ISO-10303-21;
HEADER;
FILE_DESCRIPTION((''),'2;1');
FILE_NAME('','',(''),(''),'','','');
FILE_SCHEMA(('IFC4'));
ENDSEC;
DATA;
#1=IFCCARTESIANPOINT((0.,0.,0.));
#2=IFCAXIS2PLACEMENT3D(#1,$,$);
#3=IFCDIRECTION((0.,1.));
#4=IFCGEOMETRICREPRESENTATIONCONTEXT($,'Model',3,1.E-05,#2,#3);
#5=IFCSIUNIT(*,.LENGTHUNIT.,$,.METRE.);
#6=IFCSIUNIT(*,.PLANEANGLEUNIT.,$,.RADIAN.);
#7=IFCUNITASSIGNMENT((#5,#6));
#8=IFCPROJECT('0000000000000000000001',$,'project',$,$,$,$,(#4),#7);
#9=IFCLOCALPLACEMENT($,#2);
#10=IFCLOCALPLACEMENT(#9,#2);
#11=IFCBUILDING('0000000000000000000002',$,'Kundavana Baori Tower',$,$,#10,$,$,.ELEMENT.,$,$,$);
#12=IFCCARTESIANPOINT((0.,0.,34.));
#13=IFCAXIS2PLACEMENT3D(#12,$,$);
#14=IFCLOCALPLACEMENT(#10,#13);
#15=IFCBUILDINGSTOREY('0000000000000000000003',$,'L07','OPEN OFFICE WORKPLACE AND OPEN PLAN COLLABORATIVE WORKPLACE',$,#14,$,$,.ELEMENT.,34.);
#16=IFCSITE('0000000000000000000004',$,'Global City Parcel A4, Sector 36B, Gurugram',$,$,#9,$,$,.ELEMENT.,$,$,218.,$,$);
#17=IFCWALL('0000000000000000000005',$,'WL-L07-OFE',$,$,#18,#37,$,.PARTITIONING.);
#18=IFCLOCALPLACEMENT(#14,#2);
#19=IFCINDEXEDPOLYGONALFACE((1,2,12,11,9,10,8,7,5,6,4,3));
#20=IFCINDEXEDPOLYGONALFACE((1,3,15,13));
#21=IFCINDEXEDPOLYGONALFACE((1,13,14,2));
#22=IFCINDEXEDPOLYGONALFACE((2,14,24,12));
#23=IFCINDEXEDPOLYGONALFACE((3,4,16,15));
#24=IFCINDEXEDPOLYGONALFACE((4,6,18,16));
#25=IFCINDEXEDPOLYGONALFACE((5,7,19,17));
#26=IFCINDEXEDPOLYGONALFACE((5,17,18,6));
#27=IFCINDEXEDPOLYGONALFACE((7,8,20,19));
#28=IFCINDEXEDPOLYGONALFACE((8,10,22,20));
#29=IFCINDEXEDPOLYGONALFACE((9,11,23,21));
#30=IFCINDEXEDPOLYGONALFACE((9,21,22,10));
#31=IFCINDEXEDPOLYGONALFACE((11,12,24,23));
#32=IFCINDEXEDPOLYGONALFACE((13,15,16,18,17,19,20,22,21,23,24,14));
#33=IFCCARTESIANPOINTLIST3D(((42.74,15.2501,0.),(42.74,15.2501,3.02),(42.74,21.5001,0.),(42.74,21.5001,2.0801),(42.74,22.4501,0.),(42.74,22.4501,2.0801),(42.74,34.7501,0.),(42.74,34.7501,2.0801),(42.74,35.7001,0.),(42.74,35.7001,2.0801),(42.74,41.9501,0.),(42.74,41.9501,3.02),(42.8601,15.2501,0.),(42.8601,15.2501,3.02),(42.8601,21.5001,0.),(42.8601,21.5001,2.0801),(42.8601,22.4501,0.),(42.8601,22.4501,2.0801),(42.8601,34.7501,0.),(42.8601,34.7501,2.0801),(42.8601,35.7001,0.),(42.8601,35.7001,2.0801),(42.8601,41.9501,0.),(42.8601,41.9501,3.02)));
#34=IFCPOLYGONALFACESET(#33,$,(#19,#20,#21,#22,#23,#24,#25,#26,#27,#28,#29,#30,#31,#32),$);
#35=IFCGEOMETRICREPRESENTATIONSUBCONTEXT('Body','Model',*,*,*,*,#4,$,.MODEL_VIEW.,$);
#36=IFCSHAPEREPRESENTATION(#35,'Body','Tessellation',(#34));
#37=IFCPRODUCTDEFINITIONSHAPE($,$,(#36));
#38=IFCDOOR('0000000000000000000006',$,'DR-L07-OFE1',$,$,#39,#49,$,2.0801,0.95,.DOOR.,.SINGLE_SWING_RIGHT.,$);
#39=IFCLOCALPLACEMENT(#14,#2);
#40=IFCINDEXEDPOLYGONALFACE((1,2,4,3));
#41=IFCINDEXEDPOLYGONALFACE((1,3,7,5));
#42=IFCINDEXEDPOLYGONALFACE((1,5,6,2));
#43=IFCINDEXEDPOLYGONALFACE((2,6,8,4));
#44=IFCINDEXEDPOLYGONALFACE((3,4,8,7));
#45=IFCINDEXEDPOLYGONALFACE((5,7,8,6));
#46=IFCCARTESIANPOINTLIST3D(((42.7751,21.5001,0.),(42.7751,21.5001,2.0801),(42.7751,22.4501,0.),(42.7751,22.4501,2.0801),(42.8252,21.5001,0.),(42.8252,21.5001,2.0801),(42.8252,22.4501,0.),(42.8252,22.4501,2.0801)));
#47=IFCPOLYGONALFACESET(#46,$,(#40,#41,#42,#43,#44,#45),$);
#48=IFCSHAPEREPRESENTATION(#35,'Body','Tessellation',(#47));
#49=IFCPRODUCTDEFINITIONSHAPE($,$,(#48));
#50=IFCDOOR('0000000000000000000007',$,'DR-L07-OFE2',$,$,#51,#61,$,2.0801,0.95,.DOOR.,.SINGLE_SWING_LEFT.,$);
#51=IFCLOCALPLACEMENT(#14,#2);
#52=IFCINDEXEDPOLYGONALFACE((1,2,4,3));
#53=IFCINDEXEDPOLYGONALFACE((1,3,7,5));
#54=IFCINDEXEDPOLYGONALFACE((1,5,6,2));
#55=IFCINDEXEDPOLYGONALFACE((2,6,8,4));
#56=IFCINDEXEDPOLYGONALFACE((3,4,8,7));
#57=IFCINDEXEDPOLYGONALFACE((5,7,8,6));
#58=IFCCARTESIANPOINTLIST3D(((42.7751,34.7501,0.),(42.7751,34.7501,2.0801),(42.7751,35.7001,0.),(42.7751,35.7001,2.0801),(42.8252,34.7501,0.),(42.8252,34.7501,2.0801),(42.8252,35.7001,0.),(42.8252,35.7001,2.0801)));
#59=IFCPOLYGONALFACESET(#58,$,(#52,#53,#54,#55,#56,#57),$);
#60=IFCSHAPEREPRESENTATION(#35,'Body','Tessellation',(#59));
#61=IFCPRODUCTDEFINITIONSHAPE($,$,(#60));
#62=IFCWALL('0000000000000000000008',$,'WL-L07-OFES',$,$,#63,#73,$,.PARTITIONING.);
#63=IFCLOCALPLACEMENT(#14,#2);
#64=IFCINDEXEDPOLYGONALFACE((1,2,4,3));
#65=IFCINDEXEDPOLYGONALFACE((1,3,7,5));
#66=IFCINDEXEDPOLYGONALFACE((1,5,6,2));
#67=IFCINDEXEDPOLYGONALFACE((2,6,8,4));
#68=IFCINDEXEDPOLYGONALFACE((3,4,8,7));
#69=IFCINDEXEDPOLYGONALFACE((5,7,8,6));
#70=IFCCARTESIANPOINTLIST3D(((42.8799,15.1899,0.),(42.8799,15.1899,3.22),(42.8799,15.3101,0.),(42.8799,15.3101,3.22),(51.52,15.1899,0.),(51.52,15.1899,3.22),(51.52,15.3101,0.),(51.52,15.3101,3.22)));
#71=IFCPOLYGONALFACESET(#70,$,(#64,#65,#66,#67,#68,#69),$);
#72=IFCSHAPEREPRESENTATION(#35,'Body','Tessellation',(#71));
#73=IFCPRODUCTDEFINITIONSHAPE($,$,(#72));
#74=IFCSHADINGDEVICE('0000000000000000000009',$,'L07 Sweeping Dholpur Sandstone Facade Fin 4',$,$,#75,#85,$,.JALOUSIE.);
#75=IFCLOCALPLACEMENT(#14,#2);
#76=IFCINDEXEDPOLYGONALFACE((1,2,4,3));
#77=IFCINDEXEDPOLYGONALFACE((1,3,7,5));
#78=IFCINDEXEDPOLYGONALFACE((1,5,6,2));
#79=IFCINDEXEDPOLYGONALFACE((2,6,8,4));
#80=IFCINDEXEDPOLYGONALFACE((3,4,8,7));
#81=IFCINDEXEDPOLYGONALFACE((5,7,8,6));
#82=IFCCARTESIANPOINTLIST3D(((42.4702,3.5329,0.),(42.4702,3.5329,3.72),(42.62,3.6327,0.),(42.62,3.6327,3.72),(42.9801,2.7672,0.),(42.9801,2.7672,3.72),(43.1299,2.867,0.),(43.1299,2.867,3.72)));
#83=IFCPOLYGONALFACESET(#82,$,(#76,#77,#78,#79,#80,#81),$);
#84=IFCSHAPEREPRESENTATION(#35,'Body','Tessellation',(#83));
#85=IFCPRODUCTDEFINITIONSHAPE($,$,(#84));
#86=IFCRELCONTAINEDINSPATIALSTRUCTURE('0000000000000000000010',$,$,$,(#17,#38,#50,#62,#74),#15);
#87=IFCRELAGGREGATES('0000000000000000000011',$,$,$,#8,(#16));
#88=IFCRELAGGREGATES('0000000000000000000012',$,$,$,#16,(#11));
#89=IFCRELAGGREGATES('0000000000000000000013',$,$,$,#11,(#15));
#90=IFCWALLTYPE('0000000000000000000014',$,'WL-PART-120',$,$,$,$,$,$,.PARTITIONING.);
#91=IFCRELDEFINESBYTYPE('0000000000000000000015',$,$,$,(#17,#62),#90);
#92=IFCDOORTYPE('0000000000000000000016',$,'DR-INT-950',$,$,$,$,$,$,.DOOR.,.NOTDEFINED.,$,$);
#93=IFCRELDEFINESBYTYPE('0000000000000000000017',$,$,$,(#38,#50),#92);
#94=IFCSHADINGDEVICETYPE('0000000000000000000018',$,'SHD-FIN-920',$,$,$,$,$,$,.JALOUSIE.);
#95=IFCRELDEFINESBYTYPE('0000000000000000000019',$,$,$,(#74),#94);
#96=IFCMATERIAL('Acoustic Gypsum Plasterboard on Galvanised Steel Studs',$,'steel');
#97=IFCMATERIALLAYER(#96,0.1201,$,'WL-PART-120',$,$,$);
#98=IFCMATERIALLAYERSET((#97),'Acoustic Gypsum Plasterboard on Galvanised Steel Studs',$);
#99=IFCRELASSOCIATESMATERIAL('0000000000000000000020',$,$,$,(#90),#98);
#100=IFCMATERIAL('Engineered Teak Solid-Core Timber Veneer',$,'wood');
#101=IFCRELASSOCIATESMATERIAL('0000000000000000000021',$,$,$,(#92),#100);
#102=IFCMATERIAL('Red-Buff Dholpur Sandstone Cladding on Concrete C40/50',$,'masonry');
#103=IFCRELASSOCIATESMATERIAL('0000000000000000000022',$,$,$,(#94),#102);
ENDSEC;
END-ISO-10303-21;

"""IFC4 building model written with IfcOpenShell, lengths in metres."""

from ifc_helpers import new_model, si_unit, direction, frame, frame_2d, origin, origin_2d, place, context, subcontext, project, spatial, rectangle, extrude, material, layer, layer_set, type_object, element, fill, save


model = new_model("IFC4")

# Units and contexts
model_context = context("Model", 3, precision=1e-05, world=origin(), true_north=direction((0.0, 1.0)))
body_context = subcontext(model_context, "Body", "Model", "MODEL_VIEW")
ifc_project = project(units=[si_unit("LENGTHUNIT", "METRE"), si_unit("PLANEANGLEUNIT", "RADIAN")], contexts=[model_context])

# Site, building, storey
site_placement = place(None, origin())
site = spatial("IfcSite", under=ifc_project, at=site_placement, Name="Global City Parcel A4, Sector 36B, Gurugram", CompositionType="ELEMENT", RefElevation=218.0)
building_placement = place(site_placement, origin())
building = spatial("IfcBuilding", under=site, at=building_placement, Name="Kundavana Baori Tower", CompositionType="ELEMENT")
storey_placement = place(building_placement, frame((0.0, 0.0, 34.0)))
storey = spatial("IfcBuildingStorey", under=building, at=storey_placement, Name="L07", Description="OPEN OFFICE WORKPLACE AND OPEN PLAN COLLABORATIVE WORKPLACE", CompositionType="ELEMENT", Elevation=34.0)

# Shared definitions
ifc_material_1 = material(Name="Acoustic Gypsum Plasterboard on Galvanised Steel Studs", Category="steel")
ifc_layer_1 = layer(ifc_material_1, 0.1201, Name="WL-PART-120")
ifc_layer_set_1 = layer_set([ifc_layer_1], Name="Acoustic Gypsum Plasterboard on Galvanised Steel Studs")
wall_type_1 = type_object("IfcWallType", Name="WL-PART-120", PredefinedType="PARTITIONING", material=ifc_layer_set_1)

# Wall, openings, doors
wall_1_placement = place(storey_placement, frame((42.8, 15.25, 0.0), z_axis=(0.0, 0.0, 1.0), x_axis=(0.0, 1.0, 0.0)))
wall_1 = element("IfcWall", 1, at=wall_1_placement, inside=storey, type_object=wall_type_1, Name="WL-L07-OFE", PredefinedType="PARTITIONING", context=body_context, shape_type="SweptSolid", body=[
    extrude(rectangle(XDim=26.7, YDim=0.1201, at=frame_2d((13.3501, 0.0))), origin(), (0.0, 0.0, 1.0), 3.02),
])
opening_1_placement = place(wall_1_placement, frame((6.25, 0.0, 0.0)))
opening_1 = element("IfcOpeningElement", 2, at=opening_1_placement, cuts=wall_1, PredefinedType="OPENING", context=body_context, shape_type="SweptSolid", body=[
    extrude(rectangle(XDim=0.95, YDim=2.0801, at=frame_2d((0.4751, 1.04))), frame((0.0, 0.0701, 0.0), z_axis=(0.0, -1.0, 0.0), x_axis=(1.0, 0.0, 0.0)), (0.0, 0.0, 1.0), 0.1401),
])
opening_2_placement = place(wall_1_placement, frame((19.5, 0.0, 0.0)))
opening_2 = element("IfcOpeningElement", 3, at=opening_2_placement, cuts=wall_1, PredefinedType="OPENING", context=body_context, shape_type="SweptSolid", body=[
    extrude(rectangle(XDim=0.95, YDim=2.0801, at=frame_2d((0.4751, 1.04))), frame((0.0, 0.0701, 0.0), z_axis=(0.0, -1.0, 0.0), x_axis=(1.0, 0.0, 0.0)), (0.0, 0.0, 1.0), 0.1401),
])
ifc_material_2 = material(Name="Engineered Teak Solid-Core Timber Veneer", Category="wood")
door_type_1 = type_object("IfcDoorType", Name="DR-INT-950", OperationType="NOTDEFINED", PredefinedType="DOOR", material=ifc_material_2)
door_1_placement = place(opening_1_placement, origin())
door_1 = element("IfcDoor", 4, at=door_1_placement, inside=storey, type_object=door_type_1, Name="DR-L07-OFE1", OperationType="SINGLE_SWING_RIGHT", OverallHeight=2.0801, OverallWidth=0.95, PredefinedType="DOOR", context=body_context, shape_type="SweptSolid", body=[
    extrude(rectangle(XDim=0.95, YDim=2.0801, at=frame_2d((0.4751, 1.04))), frame((0.0, 0.0249, 0.0), z_axis=(0.0, -1.0, 0.0), x_axis=(1.0, 0.0, 0.0)), (0.0, 0.0, 1.0), 0.05),
])
fill(opening_1, door_1)
door_2_placement = place(opening_2_placement, origin())
door_2 = element("IfcDoor", 5, at=door_2_placement, inside=storey, type_object=door_type_1, Name="DR-L07-OFE2", OperationType="SINGLE_SWING_LEFT", OverallHeight=2.0801, OverallWidth=0.95, PredefinedType="DOOR", context=body_context, shape_type="SweptSolid", body=[
    extrude(rectangle(XDim=0.95, YDim=2.0801, at=frame_2d((0.4751, 1.04))), frame((0.0, 0.0249, 0.0), z_axis=(0.0, -1.0, 0.0), x_axis=(1.0, 0.0, 0.0)), (0.0, 0.0, 1.0), 0.05),
])
fill(opening_2, door_2)

# Wall
wall_2_placement = place(storey_placement, frame((42.8799, 15.25, 0.0), z_axis=(0.0, 0.0, 1.0), x_axis=(1.0, 0.0, 0.0)))
element("IfcWall", 6, at=wall_2_placement, inside=storey, type_object=wall_type_1, Name="WL-L07-OFES", PredefinedType="PARTITIONING", context=body_context, shape_type="SweptSolid", body=[
    extrude(rectangle(XDim=8.6401, YDim=0.1201, at=frame_2d((4.3201, 0.0))), origin(), (0.0, 0.0, 1.0), 3.22),
])

# Shading device
ifc_material_3 = material(Name="Red-Buff Dholpur Sandstone Cladding on Concrete C40/50", Category="masonry")
shading_device_type = type_object("IfcShadingDeviceType", Name="SHD-FIN-920", PredefinedType="JALOUSIE", material=ifc_material_3)
shading_device_placement = place(storey_placement, frame((42.8, 3.2, 0.0), z_axis=(0.0, 0.0, 1.0), x_axis=(0.832341, 0.554263, 0.0)))
element("IfcShadingDevice", 7, at=shading_device_placement, inside=storey, type_object=shading_device_type, Name="L07 Sweeping Dholpur Sandstone Facade Fin 4", PredefinedType="JALOUSIE", context=body_context, shape_type="SweptSolid", body=[
    extrude(rectangle(XDim=0.1799, YDim=0.9199, at=origin_2d()), origin(), (0.0, 0.0, 1.0), 3.72),
])

save(model, "model.ifc")
